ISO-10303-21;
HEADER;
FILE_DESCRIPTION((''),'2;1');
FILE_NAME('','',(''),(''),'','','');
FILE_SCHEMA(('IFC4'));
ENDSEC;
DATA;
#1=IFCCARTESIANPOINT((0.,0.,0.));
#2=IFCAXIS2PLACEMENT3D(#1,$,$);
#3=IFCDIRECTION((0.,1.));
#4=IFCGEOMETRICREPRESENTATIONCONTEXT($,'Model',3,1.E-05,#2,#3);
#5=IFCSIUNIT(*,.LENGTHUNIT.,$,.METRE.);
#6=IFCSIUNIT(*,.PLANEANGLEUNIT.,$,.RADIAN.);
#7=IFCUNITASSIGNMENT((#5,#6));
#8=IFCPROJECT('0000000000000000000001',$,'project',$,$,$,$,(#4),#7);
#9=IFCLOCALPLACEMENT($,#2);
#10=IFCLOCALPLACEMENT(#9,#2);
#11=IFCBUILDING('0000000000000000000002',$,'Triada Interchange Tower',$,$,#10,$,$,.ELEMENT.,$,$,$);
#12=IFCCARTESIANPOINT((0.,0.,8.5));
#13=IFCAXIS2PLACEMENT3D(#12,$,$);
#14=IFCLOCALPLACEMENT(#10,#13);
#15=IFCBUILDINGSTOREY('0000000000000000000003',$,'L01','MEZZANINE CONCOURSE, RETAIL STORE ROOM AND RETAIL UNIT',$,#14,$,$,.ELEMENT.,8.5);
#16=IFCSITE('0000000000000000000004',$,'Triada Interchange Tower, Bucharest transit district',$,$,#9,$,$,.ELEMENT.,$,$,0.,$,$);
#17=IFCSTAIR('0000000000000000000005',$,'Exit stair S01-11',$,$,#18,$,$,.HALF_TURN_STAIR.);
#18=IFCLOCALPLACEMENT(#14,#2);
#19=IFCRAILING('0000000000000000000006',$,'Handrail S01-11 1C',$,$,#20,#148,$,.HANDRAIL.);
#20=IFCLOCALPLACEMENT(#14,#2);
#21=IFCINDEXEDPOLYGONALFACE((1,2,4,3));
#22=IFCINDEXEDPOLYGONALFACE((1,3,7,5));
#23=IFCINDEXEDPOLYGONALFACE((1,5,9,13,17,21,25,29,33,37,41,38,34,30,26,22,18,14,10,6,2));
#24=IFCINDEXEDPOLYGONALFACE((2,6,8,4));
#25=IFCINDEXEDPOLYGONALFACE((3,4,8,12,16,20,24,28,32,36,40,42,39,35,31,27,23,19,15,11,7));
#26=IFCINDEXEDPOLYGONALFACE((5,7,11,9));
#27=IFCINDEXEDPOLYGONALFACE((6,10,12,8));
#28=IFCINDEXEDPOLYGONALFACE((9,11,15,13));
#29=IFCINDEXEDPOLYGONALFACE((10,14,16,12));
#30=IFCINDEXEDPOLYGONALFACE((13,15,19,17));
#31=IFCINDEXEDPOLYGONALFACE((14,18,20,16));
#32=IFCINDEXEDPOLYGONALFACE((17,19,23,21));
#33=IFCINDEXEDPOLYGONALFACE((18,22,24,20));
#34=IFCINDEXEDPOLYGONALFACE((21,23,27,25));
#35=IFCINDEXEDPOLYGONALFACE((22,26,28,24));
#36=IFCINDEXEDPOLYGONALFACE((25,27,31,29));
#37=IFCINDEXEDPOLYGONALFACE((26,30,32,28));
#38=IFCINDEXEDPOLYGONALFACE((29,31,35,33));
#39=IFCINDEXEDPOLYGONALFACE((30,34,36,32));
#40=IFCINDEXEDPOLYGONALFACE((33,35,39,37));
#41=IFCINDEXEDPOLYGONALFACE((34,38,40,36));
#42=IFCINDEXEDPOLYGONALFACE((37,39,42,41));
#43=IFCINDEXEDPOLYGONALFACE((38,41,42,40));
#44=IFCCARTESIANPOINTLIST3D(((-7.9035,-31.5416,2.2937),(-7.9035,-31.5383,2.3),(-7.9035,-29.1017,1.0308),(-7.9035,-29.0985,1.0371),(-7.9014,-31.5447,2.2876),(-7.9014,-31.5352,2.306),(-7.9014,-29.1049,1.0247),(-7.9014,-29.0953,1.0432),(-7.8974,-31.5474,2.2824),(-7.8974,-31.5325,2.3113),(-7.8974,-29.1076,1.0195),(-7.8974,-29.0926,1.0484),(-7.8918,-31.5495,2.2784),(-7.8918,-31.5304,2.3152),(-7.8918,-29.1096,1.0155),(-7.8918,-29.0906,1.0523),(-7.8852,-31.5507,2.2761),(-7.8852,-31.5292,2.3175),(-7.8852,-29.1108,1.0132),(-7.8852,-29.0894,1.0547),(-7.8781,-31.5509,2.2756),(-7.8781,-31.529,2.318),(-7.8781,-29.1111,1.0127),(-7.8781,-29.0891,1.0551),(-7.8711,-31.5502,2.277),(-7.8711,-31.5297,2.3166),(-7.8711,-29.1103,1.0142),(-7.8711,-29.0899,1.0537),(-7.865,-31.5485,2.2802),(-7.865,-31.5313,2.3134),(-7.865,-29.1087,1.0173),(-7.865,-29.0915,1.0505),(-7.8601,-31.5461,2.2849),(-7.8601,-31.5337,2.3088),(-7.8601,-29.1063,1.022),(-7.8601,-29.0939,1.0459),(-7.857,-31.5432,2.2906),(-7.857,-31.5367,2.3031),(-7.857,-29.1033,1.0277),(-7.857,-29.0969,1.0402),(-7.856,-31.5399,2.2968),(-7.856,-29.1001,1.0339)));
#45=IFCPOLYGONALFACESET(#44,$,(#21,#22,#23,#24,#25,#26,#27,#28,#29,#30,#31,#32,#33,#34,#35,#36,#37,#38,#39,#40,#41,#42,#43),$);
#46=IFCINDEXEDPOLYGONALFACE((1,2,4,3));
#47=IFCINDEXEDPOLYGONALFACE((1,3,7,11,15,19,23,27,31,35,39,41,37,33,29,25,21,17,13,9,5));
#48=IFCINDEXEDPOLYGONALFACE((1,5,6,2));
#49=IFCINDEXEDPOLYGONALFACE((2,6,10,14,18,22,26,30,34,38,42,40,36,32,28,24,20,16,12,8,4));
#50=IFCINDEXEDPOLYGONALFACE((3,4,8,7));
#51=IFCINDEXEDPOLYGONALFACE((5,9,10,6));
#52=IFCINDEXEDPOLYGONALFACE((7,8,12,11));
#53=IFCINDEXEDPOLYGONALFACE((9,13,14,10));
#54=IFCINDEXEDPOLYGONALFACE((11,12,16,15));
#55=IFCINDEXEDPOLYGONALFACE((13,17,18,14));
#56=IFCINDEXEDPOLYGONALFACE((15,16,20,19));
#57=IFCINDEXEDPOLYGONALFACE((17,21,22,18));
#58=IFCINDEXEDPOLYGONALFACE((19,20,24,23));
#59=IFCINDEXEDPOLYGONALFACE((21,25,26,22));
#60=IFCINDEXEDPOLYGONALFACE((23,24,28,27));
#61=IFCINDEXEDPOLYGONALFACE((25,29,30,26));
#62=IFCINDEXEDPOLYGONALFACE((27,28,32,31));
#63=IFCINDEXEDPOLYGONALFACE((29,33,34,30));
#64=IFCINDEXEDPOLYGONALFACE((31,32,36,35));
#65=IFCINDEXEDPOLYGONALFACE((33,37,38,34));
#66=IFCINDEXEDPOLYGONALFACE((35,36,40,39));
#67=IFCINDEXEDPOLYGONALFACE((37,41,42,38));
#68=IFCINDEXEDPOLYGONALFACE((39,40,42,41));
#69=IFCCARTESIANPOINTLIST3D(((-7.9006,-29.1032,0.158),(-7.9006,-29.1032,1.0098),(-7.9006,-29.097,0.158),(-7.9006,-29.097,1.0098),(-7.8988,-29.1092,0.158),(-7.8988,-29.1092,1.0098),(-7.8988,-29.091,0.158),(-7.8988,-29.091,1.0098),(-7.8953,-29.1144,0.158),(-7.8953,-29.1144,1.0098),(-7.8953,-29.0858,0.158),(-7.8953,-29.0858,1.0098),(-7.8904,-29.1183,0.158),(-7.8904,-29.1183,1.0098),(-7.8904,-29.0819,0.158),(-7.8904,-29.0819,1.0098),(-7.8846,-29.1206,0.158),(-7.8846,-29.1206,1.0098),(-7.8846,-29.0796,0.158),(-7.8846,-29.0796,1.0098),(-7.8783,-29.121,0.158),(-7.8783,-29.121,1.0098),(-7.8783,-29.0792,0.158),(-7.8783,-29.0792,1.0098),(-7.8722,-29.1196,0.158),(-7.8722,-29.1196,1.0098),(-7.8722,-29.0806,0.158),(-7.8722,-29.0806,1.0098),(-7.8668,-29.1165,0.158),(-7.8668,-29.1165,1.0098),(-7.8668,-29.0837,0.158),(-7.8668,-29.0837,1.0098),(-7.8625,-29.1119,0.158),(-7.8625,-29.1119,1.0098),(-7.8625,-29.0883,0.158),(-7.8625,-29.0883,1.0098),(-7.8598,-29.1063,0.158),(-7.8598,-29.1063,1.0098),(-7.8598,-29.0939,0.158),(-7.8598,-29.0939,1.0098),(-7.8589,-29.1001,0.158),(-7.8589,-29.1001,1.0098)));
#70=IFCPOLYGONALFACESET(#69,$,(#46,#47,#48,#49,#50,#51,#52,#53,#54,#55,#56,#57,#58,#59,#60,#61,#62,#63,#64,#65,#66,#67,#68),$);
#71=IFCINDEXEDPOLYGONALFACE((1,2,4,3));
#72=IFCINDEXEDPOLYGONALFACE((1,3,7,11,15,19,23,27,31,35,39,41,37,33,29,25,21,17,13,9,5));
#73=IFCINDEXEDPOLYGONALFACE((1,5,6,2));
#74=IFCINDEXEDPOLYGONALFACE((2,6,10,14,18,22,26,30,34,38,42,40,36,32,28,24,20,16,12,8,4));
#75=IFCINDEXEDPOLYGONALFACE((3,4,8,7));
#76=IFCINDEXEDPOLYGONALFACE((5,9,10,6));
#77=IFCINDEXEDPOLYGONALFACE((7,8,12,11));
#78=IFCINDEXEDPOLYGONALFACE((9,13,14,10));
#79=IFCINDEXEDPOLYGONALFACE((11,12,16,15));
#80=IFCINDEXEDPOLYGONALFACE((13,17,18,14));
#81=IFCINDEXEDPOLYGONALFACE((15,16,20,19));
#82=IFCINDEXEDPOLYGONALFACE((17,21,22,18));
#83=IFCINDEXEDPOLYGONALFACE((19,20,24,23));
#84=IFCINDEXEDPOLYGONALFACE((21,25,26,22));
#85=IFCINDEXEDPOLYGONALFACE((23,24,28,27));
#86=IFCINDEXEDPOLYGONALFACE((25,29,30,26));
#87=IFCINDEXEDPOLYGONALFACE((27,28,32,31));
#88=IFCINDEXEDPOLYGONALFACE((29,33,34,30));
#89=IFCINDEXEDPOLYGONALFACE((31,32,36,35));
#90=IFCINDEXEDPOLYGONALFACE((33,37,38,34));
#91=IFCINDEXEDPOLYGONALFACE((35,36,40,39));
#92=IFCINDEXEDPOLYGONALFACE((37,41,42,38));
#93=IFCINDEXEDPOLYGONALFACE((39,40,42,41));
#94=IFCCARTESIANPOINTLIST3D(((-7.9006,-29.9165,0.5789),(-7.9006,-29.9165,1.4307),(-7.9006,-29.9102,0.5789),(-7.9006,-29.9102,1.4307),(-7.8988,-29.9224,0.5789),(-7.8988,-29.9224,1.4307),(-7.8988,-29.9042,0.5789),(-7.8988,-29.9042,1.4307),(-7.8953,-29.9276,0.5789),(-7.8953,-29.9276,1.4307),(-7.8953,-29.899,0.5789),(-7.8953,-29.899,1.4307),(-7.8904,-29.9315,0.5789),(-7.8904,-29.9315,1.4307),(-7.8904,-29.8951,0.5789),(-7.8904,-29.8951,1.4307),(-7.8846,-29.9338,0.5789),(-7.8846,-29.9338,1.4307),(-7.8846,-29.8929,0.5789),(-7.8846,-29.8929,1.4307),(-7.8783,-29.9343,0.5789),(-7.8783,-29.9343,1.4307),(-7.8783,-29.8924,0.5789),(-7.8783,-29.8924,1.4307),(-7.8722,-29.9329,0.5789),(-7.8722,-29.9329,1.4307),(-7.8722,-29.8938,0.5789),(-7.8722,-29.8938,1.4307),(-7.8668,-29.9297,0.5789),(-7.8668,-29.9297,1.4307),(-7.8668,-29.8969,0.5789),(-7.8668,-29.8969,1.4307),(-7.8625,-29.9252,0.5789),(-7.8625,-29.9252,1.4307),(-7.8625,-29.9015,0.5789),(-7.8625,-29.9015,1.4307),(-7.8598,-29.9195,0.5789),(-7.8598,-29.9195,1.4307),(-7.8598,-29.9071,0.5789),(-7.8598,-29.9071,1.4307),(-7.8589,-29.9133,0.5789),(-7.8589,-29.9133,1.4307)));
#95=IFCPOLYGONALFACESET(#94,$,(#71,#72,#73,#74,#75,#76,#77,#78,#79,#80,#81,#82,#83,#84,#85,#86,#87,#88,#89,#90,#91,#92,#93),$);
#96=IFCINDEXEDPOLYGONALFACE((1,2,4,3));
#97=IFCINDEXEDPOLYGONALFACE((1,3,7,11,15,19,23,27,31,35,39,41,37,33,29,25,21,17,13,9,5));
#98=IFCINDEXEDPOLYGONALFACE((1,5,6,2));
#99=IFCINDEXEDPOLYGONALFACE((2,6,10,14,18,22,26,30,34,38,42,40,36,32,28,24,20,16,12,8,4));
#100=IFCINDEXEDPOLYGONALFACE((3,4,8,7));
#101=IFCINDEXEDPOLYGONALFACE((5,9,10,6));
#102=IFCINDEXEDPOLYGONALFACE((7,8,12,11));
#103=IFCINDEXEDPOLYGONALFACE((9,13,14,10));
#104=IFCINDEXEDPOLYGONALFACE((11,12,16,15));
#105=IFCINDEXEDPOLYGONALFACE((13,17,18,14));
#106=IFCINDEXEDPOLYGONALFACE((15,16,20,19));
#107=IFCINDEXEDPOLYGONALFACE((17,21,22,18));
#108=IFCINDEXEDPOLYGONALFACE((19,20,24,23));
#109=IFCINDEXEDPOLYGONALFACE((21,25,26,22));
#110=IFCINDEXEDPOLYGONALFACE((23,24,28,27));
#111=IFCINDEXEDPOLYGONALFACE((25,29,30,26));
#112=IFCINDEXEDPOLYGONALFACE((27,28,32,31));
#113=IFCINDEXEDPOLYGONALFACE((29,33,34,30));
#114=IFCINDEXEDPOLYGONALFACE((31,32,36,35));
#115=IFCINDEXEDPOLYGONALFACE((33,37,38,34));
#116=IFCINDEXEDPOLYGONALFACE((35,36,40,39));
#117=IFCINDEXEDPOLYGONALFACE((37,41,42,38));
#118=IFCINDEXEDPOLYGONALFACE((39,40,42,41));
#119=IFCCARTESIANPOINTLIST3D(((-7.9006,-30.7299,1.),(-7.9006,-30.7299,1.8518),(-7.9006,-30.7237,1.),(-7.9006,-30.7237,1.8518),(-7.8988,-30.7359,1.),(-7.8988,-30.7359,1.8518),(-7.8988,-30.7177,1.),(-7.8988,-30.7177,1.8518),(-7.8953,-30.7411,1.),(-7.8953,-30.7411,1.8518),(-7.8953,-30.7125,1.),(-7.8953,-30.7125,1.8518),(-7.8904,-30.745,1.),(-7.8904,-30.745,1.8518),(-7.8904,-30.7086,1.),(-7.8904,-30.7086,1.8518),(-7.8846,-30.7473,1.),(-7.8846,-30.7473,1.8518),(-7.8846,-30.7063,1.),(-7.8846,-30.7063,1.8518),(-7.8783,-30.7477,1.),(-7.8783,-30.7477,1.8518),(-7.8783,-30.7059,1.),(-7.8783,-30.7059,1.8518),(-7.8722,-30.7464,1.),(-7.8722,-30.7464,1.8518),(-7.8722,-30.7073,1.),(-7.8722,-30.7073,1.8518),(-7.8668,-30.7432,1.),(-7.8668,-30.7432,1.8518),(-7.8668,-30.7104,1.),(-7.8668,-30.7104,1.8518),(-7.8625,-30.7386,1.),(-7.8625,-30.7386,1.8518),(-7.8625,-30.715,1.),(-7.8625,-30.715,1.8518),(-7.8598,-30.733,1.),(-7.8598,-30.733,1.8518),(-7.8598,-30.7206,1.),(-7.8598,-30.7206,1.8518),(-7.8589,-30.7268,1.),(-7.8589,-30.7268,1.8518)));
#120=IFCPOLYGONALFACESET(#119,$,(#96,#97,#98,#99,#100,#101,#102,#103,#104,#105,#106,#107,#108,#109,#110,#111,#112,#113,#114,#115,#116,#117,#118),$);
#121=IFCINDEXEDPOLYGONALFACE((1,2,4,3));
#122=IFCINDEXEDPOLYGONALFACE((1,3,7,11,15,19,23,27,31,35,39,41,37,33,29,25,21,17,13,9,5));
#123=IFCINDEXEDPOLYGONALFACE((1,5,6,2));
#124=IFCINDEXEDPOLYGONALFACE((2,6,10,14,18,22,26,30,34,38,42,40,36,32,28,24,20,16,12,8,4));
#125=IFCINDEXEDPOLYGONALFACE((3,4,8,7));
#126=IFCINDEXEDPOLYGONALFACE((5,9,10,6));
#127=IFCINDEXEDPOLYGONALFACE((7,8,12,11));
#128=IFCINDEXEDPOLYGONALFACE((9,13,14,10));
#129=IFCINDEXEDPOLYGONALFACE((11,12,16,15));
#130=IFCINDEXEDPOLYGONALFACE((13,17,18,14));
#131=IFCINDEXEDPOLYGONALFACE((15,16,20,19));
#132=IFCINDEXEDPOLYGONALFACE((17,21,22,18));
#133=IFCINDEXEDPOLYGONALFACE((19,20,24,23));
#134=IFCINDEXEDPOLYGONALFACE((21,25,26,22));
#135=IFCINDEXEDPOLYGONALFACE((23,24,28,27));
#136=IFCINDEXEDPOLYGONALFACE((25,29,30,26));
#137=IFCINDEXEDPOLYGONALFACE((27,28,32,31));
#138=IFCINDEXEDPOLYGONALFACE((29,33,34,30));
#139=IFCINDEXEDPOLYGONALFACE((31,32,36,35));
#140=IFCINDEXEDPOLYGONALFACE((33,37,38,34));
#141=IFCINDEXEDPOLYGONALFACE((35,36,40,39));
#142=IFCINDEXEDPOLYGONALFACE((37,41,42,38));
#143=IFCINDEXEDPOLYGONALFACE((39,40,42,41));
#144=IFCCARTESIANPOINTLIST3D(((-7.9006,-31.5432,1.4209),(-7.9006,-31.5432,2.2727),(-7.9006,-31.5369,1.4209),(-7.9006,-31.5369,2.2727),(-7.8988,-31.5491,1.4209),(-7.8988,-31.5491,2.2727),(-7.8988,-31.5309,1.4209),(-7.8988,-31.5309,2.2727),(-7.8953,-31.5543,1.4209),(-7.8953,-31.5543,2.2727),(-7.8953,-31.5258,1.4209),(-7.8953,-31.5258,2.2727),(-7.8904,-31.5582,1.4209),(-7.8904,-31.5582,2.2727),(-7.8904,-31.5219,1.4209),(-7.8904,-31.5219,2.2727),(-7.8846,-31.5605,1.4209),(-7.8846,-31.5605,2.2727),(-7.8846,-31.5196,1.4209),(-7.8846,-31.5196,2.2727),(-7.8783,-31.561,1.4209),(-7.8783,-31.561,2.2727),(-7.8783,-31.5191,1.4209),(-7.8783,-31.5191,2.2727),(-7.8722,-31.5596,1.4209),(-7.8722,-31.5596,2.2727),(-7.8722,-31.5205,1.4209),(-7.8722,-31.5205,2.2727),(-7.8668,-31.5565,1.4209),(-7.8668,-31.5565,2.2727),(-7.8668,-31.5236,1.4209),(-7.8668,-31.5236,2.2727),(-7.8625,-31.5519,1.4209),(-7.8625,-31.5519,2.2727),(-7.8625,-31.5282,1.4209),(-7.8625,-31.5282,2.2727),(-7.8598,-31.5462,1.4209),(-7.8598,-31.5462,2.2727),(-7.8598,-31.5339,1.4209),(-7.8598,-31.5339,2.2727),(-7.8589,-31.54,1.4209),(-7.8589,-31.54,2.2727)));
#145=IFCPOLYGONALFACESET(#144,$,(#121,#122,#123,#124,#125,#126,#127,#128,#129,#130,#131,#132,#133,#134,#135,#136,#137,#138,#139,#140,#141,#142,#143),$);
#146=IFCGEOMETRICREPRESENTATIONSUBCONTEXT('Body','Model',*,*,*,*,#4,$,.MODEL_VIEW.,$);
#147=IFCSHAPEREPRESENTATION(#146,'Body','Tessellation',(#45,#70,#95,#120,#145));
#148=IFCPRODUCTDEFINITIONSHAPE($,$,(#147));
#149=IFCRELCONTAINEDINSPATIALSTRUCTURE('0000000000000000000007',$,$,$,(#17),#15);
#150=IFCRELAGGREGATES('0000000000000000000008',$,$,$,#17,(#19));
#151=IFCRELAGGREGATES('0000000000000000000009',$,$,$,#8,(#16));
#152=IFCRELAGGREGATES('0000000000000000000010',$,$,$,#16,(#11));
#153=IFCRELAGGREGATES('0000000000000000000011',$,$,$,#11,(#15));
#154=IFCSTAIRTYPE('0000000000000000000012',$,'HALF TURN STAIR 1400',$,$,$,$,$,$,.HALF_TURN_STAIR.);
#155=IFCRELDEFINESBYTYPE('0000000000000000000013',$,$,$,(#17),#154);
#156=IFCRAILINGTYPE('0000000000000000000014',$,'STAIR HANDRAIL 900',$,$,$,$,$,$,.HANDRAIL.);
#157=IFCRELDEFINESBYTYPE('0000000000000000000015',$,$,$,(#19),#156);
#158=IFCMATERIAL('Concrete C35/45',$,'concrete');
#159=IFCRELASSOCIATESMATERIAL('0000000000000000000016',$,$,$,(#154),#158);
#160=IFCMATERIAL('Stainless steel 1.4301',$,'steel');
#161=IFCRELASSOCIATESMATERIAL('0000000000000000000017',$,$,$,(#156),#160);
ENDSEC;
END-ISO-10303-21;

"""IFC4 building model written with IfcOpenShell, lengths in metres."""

from ifc_helpers import new_model, si_unit, direction, frame, origin, origin_2d, place, context, subcontext, project, spatial, circle, extrude, material, type_object, element, aggregate, save


model = new_model("IFC4")

# Units and contexts
model_context = context("Model", 3, precision=1e-05, world=origin(), true_north=direction((0.0, 1.0)))
body_context = subcontext(model_context, "Body", "Model", "MODEL_VIEW")
ifc_project = project(units=[si_unit("LENGTHUNIT", "METRE"), si_unit("PLANEANGLEUNIT", "RADIAN")], contexts=[model_context])

# Site, building, storey
site_placement = place(None, origin())
site = spatial("IfcSite", under=ifc_project, at=site_placement, Name="Triada Interchange Tower, Bucharest transit district", CompositionType="ELEMENT", RefElevation=0.0)
building_placement = place(site_placement, origin())
building = spatial("IfcBuilding", under=site, at=building_placement, Name="Triada Interchange Tower", CompositionType="ELEMENT")
storey_placement = place(building_placement, frame((0.0, 0.0, 8.5)))
storey = spatial("IfcBuildingStorey", under=building, at=storey_placement, Name="L01", Description="MEZZANINE CONCOURSE, RETAIL STORE ROOM AND RETAIL UNIT", CompositionType="ELEMENT", Elevation=8.5)

# Shared definitions
ifc_material_1 = material(Name="Concrete C35/45", Category="concrete")

# Stair, railing
stair_type = type_object("IfcStairType", Name="HALF TURN STAIR 1400", PredefinedType="HALF_TURN_STAIR", material=ifc_material_1)
stair_placement = place(storey_placement, origin())
stair = element("IfcStair", 1, at=stair_placement, inside=storey, type_object=stair_type, Name="Exit stair S01-11", PredefinedType="HALF_TURN_STAIR")
ifc_material_2 = material(Name="Stainless steel 1.4301", Category="steel")
railing_type_1 = type_object("IfcRailingType", Name="STAIR HANDRAIL 900", PredefinedType="HANDRAIL", material=ifc_material_2)
railing_1_placement = place(storey_placement, frame((-7.8799, -29.1001, 0.158)))
railing_1 = element("IfcRailing", 2, at=railing_1_placement, type_object=railing_type_1, Name="Handrail S01-11 1C", PredefinedType="HANDRAIL", context=body_context, shape_type="SweptSolid", body=[
    extrude(circle(Radius=0.0239, at=origin_2d()), frame((0.0, 0.0, 0.876), z_axis=(0.0, -0.888084, 0.459682), x_axis=(1.0, 0.0, 0.0)), (0.0, 0.0, 1.0), 2.7473),
    extrude(circle(Radius=0.021, at=origin_2d()), origin(), (0.0, 0.0, 1.0), 0.8518),
    extrude(circle(Radius=0.021, at=origin_2d()), frame((0.0, -0.8132, 0.4209)), (0.0, 0.0, 1.0), 0.8518),
    extrude(circle(Radius=0.021, at=origin_2d()), frame((0.0, -1.6267, 0.842)), (0.0, 0.0, 1.0), 0.8518),
    extrude(circle(Radius=0.021, at=origin_2d()), frame((0.0, -2.4399, 1.2629)), (0.0, 0.0, 1.0), 0.8518),
])
aggregate(stair, [railing_1])

save(model, "model.ifc")
